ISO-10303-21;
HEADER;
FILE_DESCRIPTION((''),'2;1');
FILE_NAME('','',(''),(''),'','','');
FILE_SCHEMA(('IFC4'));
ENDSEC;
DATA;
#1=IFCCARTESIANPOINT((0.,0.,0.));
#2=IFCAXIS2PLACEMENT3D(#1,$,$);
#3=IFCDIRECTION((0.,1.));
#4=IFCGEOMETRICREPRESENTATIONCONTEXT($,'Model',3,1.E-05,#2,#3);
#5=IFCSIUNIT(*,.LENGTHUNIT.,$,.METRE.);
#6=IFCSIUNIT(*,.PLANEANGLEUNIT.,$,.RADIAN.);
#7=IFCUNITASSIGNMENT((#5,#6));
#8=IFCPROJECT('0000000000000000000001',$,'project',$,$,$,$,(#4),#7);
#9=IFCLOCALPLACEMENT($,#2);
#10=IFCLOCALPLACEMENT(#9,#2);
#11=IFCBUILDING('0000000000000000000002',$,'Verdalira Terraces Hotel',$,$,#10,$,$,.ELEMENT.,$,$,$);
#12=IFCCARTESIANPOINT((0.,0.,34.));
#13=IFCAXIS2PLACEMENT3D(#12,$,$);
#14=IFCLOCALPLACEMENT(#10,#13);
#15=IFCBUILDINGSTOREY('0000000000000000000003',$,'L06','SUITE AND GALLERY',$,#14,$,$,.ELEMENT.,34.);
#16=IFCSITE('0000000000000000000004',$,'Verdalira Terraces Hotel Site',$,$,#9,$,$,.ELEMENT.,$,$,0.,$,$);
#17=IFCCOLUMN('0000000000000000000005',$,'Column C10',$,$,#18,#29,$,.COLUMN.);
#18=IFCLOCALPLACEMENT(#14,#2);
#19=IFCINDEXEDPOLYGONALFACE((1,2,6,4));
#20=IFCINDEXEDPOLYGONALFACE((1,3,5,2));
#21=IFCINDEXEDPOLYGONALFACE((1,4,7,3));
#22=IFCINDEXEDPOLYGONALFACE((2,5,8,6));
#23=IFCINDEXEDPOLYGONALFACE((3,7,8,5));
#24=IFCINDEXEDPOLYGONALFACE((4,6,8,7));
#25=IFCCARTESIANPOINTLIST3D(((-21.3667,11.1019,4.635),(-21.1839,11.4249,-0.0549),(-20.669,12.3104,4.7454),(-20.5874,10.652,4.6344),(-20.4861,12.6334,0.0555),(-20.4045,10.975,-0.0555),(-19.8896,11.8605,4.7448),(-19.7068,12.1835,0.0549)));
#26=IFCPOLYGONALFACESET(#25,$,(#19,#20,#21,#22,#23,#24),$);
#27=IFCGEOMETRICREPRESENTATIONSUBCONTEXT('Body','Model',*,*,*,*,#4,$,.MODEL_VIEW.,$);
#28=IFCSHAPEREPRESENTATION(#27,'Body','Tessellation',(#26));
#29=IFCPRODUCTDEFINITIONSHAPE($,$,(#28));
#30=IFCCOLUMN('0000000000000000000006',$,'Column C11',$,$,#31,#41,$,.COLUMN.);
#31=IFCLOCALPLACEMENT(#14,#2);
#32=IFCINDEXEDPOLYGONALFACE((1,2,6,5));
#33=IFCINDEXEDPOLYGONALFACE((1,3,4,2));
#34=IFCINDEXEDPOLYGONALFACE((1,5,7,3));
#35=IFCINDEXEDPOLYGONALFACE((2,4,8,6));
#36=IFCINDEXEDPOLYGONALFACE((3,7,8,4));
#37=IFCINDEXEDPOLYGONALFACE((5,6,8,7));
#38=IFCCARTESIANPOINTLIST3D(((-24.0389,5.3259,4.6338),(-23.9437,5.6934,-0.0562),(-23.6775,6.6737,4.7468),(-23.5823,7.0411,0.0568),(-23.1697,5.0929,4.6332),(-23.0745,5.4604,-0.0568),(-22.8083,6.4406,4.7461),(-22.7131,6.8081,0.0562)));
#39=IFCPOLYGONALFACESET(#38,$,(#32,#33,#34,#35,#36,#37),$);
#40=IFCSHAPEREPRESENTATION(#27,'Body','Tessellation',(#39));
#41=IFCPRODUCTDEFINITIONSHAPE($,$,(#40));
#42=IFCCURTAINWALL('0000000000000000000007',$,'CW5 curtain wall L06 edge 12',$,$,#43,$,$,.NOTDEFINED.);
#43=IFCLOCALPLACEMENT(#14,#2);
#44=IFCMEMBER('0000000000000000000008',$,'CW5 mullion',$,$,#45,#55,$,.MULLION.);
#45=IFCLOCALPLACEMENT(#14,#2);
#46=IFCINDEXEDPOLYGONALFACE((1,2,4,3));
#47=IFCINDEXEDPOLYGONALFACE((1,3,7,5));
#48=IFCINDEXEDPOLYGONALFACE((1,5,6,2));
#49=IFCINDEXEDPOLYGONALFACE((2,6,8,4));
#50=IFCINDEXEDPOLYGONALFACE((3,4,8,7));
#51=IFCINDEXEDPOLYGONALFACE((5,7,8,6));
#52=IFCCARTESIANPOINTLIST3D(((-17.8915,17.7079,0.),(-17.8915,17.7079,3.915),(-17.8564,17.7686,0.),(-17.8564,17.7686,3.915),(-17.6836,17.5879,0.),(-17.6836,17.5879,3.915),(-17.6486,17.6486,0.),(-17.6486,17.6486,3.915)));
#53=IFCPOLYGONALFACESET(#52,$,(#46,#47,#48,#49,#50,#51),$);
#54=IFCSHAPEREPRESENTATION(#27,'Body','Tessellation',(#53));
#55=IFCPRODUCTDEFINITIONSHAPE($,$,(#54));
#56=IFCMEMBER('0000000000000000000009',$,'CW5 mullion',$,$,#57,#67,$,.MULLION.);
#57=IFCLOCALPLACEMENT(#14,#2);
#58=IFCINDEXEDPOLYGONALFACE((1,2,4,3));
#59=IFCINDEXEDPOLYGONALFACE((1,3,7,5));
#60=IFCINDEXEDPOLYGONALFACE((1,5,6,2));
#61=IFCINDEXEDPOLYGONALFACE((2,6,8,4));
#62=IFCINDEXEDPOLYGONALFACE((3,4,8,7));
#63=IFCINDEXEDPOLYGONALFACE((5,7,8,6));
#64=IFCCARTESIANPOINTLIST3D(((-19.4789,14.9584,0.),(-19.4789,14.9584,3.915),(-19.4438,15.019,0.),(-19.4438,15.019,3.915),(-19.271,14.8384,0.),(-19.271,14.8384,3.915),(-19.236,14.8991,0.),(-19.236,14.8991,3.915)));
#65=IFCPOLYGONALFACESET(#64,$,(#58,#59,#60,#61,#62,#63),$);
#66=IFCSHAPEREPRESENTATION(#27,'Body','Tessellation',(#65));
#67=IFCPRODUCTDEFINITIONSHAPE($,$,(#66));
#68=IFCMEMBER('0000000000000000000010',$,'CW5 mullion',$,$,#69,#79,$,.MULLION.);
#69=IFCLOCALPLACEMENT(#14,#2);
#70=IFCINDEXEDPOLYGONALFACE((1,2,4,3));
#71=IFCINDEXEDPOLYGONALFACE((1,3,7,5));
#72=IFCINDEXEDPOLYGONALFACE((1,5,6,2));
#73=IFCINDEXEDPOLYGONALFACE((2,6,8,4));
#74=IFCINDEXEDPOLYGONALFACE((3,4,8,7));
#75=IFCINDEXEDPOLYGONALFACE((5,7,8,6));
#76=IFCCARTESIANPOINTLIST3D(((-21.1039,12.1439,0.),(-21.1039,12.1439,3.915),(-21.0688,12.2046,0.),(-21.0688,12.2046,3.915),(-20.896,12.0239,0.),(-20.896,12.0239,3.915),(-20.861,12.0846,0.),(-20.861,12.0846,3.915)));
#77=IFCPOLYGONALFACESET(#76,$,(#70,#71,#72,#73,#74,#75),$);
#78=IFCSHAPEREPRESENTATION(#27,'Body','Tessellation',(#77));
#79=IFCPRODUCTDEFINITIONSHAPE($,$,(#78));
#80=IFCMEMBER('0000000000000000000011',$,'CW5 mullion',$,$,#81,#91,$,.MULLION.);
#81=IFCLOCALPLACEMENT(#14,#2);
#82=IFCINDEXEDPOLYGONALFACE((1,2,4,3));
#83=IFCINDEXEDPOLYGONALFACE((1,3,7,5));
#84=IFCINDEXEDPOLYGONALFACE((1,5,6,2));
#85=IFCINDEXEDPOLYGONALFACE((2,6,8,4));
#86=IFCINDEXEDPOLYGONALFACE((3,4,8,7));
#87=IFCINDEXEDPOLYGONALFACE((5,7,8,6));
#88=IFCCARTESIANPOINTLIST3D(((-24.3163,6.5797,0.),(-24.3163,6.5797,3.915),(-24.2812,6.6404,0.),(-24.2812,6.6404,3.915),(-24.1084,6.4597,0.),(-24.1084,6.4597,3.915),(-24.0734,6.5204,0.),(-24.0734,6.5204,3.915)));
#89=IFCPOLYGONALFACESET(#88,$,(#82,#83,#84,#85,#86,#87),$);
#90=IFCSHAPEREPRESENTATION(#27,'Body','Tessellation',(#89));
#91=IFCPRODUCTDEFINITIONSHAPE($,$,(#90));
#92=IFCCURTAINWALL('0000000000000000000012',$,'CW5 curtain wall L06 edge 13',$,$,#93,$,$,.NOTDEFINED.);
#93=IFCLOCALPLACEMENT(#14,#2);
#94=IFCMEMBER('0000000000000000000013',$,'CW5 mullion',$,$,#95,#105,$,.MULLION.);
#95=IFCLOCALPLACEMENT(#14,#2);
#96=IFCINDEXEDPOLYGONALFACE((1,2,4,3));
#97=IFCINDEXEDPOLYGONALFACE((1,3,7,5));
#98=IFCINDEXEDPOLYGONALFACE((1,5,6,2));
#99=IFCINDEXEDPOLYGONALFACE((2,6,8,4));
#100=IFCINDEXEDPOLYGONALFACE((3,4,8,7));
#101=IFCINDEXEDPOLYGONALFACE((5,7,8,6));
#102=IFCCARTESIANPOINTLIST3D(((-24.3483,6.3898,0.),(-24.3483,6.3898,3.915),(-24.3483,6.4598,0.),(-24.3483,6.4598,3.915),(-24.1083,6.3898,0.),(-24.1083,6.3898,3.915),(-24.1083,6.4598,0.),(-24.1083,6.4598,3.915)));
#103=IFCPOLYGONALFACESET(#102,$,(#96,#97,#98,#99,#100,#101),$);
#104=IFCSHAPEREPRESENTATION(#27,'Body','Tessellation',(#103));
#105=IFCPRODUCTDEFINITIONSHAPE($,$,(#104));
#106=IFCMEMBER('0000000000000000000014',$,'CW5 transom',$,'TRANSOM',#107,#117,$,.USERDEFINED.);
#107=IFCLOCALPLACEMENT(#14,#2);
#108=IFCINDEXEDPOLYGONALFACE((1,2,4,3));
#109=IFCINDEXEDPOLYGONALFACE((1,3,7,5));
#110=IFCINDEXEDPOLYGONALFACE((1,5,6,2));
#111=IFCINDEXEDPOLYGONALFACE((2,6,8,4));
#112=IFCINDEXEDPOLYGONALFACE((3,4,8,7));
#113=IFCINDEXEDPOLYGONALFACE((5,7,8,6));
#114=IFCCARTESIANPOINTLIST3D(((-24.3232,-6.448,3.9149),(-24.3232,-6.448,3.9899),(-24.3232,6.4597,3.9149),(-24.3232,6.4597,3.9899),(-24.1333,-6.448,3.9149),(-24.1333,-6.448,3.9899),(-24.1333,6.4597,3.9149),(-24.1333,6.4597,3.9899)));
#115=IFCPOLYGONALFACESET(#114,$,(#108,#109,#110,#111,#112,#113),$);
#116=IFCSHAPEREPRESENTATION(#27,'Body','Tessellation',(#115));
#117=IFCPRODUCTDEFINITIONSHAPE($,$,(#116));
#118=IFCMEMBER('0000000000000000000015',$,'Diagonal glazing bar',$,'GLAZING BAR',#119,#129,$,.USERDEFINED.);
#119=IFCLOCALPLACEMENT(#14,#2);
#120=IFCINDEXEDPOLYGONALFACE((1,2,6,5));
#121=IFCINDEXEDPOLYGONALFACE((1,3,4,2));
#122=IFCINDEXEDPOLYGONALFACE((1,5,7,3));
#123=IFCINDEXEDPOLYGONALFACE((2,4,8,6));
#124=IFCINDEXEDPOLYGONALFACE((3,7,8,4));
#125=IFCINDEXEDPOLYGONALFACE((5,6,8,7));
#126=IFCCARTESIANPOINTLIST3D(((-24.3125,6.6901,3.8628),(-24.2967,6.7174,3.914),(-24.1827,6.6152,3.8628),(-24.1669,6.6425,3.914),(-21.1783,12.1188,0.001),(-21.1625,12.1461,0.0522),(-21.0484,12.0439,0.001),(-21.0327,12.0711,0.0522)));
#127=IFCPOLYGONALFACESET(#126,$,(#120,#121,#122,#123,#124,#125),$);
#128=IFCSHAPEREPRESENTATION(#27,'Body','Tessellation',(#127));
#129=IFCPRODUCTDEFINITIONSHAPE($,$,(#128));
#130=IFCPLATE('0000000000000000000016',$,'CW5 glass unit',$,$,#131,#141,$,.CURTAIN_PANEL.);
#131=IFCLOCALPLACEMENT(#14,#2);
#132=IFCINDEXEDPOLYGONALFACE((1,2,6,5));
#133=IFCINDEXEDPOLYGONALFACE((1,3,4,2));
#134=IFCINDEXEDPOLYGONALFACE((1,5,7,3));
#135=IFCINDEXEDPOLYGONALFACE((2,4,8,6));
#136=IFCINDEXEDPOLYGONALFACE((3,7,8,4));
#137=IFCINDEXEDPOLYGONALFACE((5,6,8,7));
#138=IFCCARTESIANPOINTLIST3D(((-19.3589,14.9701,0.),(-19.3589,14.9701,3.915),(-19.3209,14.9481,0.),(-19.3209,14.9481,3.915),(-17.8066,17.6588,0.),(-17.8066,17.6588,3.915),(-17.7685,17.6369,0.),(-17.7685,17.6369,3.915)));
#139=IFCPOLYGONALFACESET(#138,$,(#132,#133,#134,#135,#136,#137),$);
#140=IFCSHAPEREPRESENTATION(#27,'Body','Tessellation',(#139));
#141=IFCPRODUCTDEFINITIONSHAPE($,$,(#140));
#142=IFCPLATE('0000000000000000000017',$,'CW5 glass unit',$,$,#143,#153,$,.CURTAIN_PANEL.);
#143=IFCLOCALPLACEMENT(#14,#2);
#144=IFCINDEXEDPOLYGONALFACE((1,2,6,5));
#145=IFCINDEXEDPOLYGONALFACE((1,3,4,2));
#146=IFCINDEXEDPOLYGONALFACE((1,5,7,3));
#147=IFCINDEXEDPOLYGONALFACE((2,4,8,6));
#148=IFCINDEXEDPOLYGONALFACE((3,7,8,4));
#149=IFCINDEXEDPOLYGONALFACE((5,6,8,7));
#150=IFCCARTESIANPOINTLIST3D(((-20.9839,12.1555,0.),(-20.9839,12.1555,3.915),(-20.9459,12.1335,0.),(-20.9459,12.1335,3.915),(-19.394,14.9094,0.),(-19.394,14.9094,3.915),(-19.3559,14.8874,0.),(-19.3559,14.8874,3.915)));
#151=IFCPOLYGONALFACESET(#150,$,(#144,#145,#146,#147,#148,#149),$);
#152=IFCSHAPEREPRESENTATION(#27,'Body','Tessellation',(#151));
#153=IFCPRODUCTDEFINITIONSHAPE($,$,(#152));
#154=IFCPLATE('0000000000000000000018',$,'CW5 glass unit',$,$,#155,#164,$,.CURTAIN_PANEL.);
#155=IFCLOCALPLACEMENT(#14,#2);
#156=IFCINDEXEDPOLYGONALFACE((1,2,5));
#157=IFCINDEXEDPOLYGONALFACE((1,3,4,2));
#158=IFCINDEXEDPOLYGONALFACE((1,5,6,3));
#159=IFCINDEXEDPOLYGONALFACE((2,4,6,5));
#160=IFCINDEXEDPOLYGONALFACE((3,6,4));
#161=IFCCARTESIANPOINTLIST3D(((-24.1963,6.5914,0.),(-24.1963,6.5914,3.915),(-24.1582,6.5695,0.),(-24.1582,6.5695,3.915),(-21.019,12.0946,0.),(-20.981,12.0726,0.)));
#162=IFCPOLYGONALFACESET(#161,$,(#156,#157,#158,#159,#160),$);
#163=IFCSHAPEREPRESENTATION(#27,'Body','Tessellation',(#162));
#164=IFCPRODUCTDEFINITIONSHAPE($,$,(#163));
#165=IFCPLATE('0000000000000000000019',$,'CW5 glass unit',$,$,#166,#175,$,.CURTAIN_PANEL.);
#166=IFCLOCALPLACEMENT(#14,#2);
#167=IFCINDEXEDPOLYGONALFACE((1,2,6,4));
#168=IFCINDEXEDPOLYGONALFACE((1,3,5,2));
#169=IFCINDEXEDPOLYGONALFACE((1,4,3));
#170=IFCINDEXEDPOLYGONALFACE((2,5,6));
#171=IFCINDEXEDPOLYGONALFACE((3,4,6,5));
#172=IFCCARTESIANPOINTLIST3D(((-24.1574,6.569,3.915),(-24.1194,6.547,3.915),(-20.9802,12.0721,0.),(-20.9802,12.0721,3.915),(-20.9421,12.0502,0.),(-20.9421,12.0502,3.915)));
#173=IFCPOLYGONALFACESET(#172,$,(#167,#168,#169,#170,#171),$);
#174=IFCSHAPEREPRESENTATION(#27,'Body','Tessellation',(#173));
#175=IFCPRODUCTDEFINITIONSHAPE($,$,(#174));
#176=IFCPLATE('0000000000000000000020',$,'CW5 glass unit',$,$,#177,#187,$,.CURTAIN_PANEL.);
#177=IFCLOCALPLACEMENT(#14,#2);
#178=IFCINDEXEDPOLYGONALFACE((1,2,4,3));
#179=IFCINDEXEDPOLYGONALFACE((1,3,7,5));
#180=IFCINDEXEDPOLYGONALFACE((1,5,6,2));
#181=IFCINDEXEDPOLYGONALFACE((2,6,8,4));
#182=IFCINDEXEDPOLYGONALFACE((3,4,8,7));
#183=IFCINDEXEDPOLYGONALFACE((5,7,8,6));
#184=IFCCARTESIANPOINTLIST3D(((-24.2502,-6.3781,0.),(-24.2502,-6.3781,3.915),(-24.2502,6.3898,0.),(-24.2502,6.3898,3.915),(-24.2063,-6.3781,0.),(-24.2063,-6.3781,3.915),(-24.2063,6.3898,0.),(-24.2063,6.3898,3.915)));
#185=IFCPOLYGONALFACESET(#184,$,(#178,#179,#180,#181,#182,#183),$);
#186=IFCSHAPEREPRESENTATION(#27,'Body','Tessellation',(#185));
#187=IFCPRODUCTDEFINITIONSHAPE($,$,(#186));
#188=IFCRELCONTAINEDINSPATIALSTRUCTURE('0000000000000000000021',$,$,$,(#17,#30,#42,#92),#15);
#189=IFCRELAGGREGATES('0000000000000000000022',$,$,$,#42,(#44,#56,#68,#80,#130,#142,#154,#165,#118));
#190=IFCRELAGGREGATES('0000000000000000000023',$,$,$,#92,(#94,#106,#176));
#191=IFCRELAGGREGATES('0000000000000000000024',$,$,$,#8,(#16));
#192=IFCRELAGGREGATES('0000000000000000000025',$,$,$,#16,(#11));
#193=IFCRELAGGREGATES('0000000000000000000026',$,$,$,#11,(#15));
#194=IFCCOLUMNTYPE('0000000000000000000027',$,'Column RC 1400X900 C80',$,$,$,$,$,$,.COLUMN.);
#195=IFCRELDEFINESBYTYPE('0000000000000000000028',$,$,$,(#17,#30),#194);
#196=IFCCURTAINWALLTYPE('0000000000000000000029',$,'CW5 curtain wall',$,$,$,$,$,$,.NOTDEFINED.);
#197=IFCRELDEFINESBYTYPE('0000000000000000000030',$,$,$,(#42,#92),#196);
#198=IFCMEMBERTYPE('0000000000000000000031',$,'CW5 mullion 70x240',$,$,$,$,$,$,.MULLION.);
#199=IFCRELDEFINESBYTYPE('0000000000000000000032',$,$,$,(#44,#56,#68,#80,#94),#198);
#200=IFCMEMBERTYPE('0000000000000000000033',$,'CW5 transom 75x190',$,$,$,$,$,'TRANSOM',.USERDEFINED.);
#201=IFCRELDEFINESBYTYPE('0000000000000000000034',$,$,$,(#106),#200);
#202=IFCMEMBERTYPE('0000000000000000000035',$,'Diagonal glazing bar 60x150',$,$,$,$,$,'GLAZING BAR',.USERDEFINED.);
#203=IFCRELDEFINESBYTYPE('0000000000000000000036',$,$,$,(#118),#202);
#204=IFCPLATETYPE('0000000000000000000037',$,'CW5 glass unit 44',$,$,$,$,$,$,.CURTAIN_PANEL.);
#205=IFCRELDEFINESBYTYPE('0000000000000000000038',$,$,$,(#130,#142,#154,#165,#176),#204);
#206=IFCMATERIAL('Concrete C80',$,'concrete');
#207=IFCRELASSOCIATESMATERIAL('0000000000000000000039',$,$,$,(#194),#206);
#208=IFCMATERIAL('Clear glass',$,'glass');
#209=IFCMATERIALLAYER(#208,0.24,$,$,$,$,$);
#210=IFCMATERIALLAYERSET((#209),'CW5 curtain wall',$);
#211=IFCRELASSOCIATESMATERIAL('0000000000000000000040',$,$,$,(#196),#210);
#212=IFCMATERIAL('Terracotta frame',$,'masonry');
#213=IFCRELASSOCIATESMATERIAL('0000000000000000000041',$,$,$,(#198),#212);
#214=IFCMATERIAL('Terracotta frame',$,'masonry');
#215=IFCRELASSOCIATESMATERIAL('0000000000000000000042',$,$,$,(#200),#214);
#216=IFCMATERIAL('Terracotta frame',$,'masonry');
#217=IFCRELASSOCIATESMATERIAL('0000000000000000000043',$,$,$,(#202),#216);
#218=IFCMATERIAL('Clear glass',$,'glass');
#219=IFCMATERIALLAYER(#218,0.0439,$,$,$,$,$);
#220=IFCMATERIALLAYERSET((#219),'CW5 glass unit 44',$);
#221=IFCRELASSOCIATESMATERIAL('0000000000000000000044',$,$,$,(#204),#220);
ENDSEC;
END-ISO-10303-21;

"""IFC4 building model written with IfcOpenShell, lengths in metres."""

from ifc_helpers import new_model, si_unit, direction, frame, origin, origin_2d, place, context, subcontext, project, spatial, polyline, rectangle, outline, extrude, material, layer, layer_set, material_profile, profile_set, type_object, element, aggregate, save


model = new_model("IFC4")

# Units and contexts
model_context = context("Model", 3, precision=1e-05, world=origin(), true_north=direction((0.0, 1.0)))
body_context = subcontext(model_context, "Body", "Model", "MODEL_VIEW")
ifc_project = project(units=[si_unit("LENGTHUNIT", "METRE"), si_unit("PLANEANGLEUNIT", "RADIAN")], contexts=[model_context])

# Site, building, storey
site_placement = place(None, origin())
site = spatial("IfcSite", under=ifc_project, at=site_placement, Name="Verdalira Terraces Hotel Site", CompositionType="ELEMENT", RefElevation=0.0)
building_placement = place(site_placement, origin())
building = spatial("IfcBuilding", under=site, at=building_placement, Name="Verdalira Terraces Hotel", CompositionType="ELEMENT")
storey_placement = place(building_placement, frame((0.0, 0.0, 34.0)))
storey = spatial("IfcBuildingStorey", under=building, at=storey_placement, Name="L06", Description="SUITE AND GALLERY", CompositionType="ELEMENT", Elevation=34.0)

# Columns
ifc_material_1 = material(Name="Concrete C80", Category="concrete")
ifc_material_profile_1 = material_profile(ifc_material_1, rectangle(XDim=1.3999, YDim=0.8999, at=origin_2d()), Name="RC 1400X900")
ifc_profile_set_1 = profile_set([ifc_material_profile_1], Name="Concrete C80")
column_type = type_object("IfcColumnType", Name="Column RC 1400X900 C80", PredefinedType="COLUMN", material=ifc_profile_set_1)
column_1_placement = place(storey_placement, frame((-20.4453, 11.8042, 0.0), z_axis=(-0.038869, -0.068656, 0.996883), x_axis=(-0.498424, -0.863336, -0.078892)))
element("IfcColumn", 1, at=column_1_placement, inside=storey, type_object=column_type, Name="Column C10", PredefinedType="COLUMN", context=body_context, shape_type="SweptSolid", body=[
    extrude(rectangle(XDim=1.3999, YDim=0.8999, at=origin_2d()), origin(), (0.0, 0.0, 1.0), 4.7046),
])
column_2_placement = place(storey_placement, frame((-23.3284, 6.2507, 0.0), z_axis=(-0.020236, -0.078089, 0.996741), x_axis=(0.258161, 0.962728, 0.080666)))
element("IfcColumn", 2, at=column_2_placement, inside=storey, type_object=column_type, Name="Column C11", PredefinedType="COLUMN", context=body_context, shape_type="SweptSolid", body=[
    extrude(rectangle(XDim=1.3999, YDim=0.8999, at=origin_2d()), origin(), (0.0, 0.0, 1.0), 4.7053),
])

# Curtain walls, members
ifc_material_2 = material(Name="Clear glass", Category="glass")
ifc_layer_1 = layer(ifc_material_2, 0.24)
ifc_layer_set_1 = layer_set([ifc_layer_1], Name="CW5 curtain wall")
curtain_wall_type = type_object("IfcCurtainWallType", Name="CW5 curtain wall", PredefinedType="NOTDEFINED", material=ifc_layer_set_1)
curtain_wall_1_placement = place(storey_placement, origin())
curtain_wall_1 = element("IfcCurtainWall", 3, at=curtain_wall_1_placement, inside=storey, type_object=curtain_wall_type, Name="CW5 curtain wall L06 edge 12", PredefinedType="NOTDEFINED")
ifc_material_3 = material(Name="Terracotta frame", Category="masonry")
ifc_material_profile_2 = material_profile(ifc_material_3, rectangle(XDim=0.0701, YDim=0.24, at=origin_2d()), Name="MU 70x240")
ifc_profile_set_2 = profile_set([ifc_material_profile_2], Name="Terracotta frame")
member_type_1 = type_object("IfcMemberType", Name="CW5 mullion 70x240", PredefinedType="MULLION", material=ifc_profile_set_2)
member_1_placement = place(storey_placement, frame((-17.77, 17.6782, 0.0), z_axis=(0.0, 0.0, 1.0), x_axis=(-0.5, -0.866025, 0.0)))
member_1 = element("IfcMember", 4, at=member_1_placement, type_object=member_type_1, Name="CW5 mullion", PredefinedType="MULLION", context=body_context, shape_type="SweptSolid", body=[
    extrude(rectangle(XDim=0.0701, YDim=0.24, at=origin_2d()), origin(), (0.0, 0.0, 1.0), 3.915),
])
member_2_placement = place(storey_placement, frame((-19.3574, 14.9287, 0.0), z_axis=(0.0, 0.0, 1.0), x_axis=(-0.5, -0.866025, 0.0)))
member_2 = element("IfcMember", 5, at=member_2_placement, type_object=member_type_1, Name="CW5 mullion", PredefinedType="MULLION", context=body_context, shape_type="SweptSolid", body=[
    extrude(rectangle(XDim=0.0701, YDim=0.24, at=origin_2d()), origin(), (0.0, 0.0, 1.0), 3.915),
])
member_3_placement = place(storey_placement, frame((-20.9824, 12.1143, 0.0), z_axis=(0.0, 0.0, 1.0), x_axis=(-0.5, -0.866025, 0.0)))
member_3 = element("IfcMember", 6, at=member_3_placement, type_object=member_type_1, Name="CW5 mullion", PredefinedType="MULLION", context=body_context, shape_type="SweptSolid", body=[
    extrude(rectangle(XDim=0.0701, YDim=0.24, at=origin_2d()), origin(), (0.0, 0.0, 1.0), 3.915),
])
member_4_placement = place(storey_placement, frame((-24.1948, 6.55, 0.0), z_axis=(0.0, 0.0, 1.0), x_axis=(-0.5, -0.866025, 0.0)))
member_4 = element("IfcMember", 7, at=member_4_placement, type_object=member_type_1, Name="CW5 mullion", PredefinedType="MULLION", context=body_context, shape_type="SweptSolid", body=[
    extrude(rectangle(XDim=0.0701, YDim=0.24, at=origin_2d()), origin(), (0.0, 0.0, 1.0), 3.915),
])
curtain_wall_2_placement = place(storey_placement, origin())
curtain_wall_2 = element("IfcCurtainWall", 8, at=curtain_wall_2_placement, inside=storey, type_object=curtain_wall_type, Name="CW5 curtain wall L06 edge 13", PredefinedType="NOTDEFINED")
member_5_placement = place(storey_placement, frame((-24.2283, 6.4248, 0.0), z_axis=(0.0, 0.0, 1.0), x_axis=(0.0, -1.0, 0.0)))
member_5 = element("IfcMember", 9, at=member_5_placement, type_object=member_type_1, Name="CW5 mullion", PredefinedType="MULLION", context=body_context, shape_type="SweptSolid", body=[
    extrude(rectangle(XDim=0.0701, YDim=0.24, at=origin_2d()), origin(), (0.0, 0.0, 1.0), 3.915),
])
ifc_material_4 = material(Name="Terracotta frame", Category="masonry")
ifc_material_profile_3 = material_profile(ifc_material_4, rectangle(XDim=0.1899, YDim=0.075, at=origin_2d()), Name="TR 75x190")
ifc_profile_set_3 = profile_set([ifc_material_profile_3], Name="Terracotta frame")
member_type_2 = type_object("IfcMemberType", Name="CW5 transom 75x190", ElementType="TRANSOM", PredefinedType="USERDEFINED", material=ifc_profile_set_3)
member_6_placement = place(storey_placement, frame((-24.2283, 6.4597, 3.9524), z_axis=(0.0, -1.0, 0.0), x_axis=(1.0, 0.0, 0.0)))
member_6 = element("IfcMember", 10, at=member_6_placement, type_object=member_type_2, Name="CW5 transom", ObjectType="TRANSOM", PredefinedType="USERDEFINED", context=body_context, shape_type="SweptSolid", body=[
    extrude(rectangle(XDim=0.1899, YDim=0.075, at=origin_2d()), origin(), (0.0, 0.0, 1.0), 12.9077),
])

# Member
ifc_material_5 = material(Name="Terracotta frame", Category="masonry")
ifc_material_profile_4 = material_profile(ifc_material_5, rectangle(XDim=0.1499, YDim=0.0601, at=origin_2d()), Name="GB 60x150")
ifc_profile_set_4 = profile_set([ifc_material_profile_4], Name="Terracotta frame")
member_type_3 = type_object("IfcMemberType", Name="Diagonal glazing bar 60x150", ElementType="GLAZING BAR", PredefinedType="USERDEFINED", material=ifc_profile_set_4)
member_7_placement = place(storey_placement, frame((-21.1055, 12.095, 0.0266), z_axis=(-0.425701, -0.737334, 0.524516), x_axis=(0.866025, -0.500001, 0.0)))
member_7 = element("IfcMember", 11, at=member_7_placement, type_object=member_type_3, Name="Diagonal glazing bar", ObjectType="GLAZING BAR", PredefinedType="USERDEFINED", context=body_context, shape_type="SweptSolid", body=[
    extrude(rectangle(XDim=0.1499, YDim=0.0601, at=origin_2d()), origin(), (0.0, 0.0, 1.0), 7.3625),
])

# Plates
ifc_material_6 = material(Name="Clear glass", Category="glass")
ifc_layer_2 = layer(ifc_material_6, 0.0439)
ifc_layer_set_2 = layer_set([ifc_layer_2], Name="CW5 glass unit 44")
plate_type = type_object("IfcPlateType", Name="CW5 glass unit 44", PredefinedType="CURTAIN_PANEL", material=ifc_layer_set_2)
plate_1_placement = place(storey_placement, frame((-18.5637, 16.3035, 0.0), z_axis=(0.0, 0.0, 1.0), x_axis=(-0.5, -0.866025, 0.0)))
plate_1 = element("IfcPlate", 12, at=plate_1_placement, type_object=plate_type, Name="CW5 glass unit", PredefinedType="CURTAIN_PANEL", context=body_context, shape_type="SweptSolid", body=[
    extrude(rectangle(XDim=3.1047, YDim=0.0439, at=origin_2d()), origin(), (0.0, 0.0, 1.0), 3.915),
])
plate_2_placement = place(storey_placement, frame((-20.1699, 13.5215, 0.0), z_axis=(0.0, 0.0, 1.0), x_axis=(-0.5, -0.866025, 0.0)))
plate_2 = element("IfcPlate", 13, at=plate_2_placement, type_object=plate_type, Name="CW5 glass unit", PredefinedType="CURTAIN_PANEL", context=body_context, shape_type="SweptSolid", body=[
    extrude(rectangle(XDim=3.1799, YDim=0.0439, at=origin_2d()), origin(), (0.0, 0.0, 1.0), 3.915),
])
plate_3_placement = place(storey_placement, frame((-22.5696, 9.321, 1.9575), z_axis=(-0.866025, 0.5, 0.0), x_axis=(-0.5, -0.866025, 0.0)))
plate_3 = element("IfcPlate", 14, at=plate_3_placement, type_object=plate_type, Name="CW5 glass unit", PredefinedType="CURTAIN_PANEL", context=body_context, shape_type="SweptSolid", body=[
    extrude(outline(polyline([(-3.1772, -1.9575), (3.1772, -1.9575), (3.1772, 1.9575), (-3.1772, -1.9575)])), origin(), (0.0, 0.0, 1.0), 0.0439),
])
plate_4_placement = place(storey_placement, frame((-22.5308, 9.2986, 1.9575), z_axis=(-0.866025, 0.5, 0.0), x_axis=(-0.5, -0.866025, 0.0)))
plate_4 = element("IfcPlate", 15, at=plate_4_placement, type_object=plate_type, Name="CW5 glass unit", PredefinedType="CURTAIN_PANEL", context=body_context, shape_type="SweptSolid", body=[
    extrude(outline(polyline([(-3.1772, -1.9575), (3.1772, 1.9575), (-3.1772, 1.9575), (-3.1772, -1.9575)])), origin(), (0.0, 0.0, 1.0), 0.0439),
])
aggregate(curtain_wall_1, [member_1, member_2, member_3, member_4, plate_1, plate_2, plate_3, plate_4, member_7])
plate_5_placement = place(storey_placement, frame((-24.2283, 0.0059, 0.0), z_axis=(0.0, 0.0, 1.0), x_axis=(0.0, -1.0, 0.0)))
plate_5 = element("IfcPlate", 16, at=plate_5_placement, type_object=plate_type, Name="CW5 glass unit", PredefinedType="CURTAIN_PANEL", context=body_context, shape_type="SweptSolid", body=[
    extrude(rectangle(XDim=12.7678, YDim=0.0439, at=origin_2d()), origin(), (0.0, 0.0, 1.0), 3.915),
])
aggregate(curtain_wall_2, [member_5, member_6, plate_5])

save(model, "model.ifc")
